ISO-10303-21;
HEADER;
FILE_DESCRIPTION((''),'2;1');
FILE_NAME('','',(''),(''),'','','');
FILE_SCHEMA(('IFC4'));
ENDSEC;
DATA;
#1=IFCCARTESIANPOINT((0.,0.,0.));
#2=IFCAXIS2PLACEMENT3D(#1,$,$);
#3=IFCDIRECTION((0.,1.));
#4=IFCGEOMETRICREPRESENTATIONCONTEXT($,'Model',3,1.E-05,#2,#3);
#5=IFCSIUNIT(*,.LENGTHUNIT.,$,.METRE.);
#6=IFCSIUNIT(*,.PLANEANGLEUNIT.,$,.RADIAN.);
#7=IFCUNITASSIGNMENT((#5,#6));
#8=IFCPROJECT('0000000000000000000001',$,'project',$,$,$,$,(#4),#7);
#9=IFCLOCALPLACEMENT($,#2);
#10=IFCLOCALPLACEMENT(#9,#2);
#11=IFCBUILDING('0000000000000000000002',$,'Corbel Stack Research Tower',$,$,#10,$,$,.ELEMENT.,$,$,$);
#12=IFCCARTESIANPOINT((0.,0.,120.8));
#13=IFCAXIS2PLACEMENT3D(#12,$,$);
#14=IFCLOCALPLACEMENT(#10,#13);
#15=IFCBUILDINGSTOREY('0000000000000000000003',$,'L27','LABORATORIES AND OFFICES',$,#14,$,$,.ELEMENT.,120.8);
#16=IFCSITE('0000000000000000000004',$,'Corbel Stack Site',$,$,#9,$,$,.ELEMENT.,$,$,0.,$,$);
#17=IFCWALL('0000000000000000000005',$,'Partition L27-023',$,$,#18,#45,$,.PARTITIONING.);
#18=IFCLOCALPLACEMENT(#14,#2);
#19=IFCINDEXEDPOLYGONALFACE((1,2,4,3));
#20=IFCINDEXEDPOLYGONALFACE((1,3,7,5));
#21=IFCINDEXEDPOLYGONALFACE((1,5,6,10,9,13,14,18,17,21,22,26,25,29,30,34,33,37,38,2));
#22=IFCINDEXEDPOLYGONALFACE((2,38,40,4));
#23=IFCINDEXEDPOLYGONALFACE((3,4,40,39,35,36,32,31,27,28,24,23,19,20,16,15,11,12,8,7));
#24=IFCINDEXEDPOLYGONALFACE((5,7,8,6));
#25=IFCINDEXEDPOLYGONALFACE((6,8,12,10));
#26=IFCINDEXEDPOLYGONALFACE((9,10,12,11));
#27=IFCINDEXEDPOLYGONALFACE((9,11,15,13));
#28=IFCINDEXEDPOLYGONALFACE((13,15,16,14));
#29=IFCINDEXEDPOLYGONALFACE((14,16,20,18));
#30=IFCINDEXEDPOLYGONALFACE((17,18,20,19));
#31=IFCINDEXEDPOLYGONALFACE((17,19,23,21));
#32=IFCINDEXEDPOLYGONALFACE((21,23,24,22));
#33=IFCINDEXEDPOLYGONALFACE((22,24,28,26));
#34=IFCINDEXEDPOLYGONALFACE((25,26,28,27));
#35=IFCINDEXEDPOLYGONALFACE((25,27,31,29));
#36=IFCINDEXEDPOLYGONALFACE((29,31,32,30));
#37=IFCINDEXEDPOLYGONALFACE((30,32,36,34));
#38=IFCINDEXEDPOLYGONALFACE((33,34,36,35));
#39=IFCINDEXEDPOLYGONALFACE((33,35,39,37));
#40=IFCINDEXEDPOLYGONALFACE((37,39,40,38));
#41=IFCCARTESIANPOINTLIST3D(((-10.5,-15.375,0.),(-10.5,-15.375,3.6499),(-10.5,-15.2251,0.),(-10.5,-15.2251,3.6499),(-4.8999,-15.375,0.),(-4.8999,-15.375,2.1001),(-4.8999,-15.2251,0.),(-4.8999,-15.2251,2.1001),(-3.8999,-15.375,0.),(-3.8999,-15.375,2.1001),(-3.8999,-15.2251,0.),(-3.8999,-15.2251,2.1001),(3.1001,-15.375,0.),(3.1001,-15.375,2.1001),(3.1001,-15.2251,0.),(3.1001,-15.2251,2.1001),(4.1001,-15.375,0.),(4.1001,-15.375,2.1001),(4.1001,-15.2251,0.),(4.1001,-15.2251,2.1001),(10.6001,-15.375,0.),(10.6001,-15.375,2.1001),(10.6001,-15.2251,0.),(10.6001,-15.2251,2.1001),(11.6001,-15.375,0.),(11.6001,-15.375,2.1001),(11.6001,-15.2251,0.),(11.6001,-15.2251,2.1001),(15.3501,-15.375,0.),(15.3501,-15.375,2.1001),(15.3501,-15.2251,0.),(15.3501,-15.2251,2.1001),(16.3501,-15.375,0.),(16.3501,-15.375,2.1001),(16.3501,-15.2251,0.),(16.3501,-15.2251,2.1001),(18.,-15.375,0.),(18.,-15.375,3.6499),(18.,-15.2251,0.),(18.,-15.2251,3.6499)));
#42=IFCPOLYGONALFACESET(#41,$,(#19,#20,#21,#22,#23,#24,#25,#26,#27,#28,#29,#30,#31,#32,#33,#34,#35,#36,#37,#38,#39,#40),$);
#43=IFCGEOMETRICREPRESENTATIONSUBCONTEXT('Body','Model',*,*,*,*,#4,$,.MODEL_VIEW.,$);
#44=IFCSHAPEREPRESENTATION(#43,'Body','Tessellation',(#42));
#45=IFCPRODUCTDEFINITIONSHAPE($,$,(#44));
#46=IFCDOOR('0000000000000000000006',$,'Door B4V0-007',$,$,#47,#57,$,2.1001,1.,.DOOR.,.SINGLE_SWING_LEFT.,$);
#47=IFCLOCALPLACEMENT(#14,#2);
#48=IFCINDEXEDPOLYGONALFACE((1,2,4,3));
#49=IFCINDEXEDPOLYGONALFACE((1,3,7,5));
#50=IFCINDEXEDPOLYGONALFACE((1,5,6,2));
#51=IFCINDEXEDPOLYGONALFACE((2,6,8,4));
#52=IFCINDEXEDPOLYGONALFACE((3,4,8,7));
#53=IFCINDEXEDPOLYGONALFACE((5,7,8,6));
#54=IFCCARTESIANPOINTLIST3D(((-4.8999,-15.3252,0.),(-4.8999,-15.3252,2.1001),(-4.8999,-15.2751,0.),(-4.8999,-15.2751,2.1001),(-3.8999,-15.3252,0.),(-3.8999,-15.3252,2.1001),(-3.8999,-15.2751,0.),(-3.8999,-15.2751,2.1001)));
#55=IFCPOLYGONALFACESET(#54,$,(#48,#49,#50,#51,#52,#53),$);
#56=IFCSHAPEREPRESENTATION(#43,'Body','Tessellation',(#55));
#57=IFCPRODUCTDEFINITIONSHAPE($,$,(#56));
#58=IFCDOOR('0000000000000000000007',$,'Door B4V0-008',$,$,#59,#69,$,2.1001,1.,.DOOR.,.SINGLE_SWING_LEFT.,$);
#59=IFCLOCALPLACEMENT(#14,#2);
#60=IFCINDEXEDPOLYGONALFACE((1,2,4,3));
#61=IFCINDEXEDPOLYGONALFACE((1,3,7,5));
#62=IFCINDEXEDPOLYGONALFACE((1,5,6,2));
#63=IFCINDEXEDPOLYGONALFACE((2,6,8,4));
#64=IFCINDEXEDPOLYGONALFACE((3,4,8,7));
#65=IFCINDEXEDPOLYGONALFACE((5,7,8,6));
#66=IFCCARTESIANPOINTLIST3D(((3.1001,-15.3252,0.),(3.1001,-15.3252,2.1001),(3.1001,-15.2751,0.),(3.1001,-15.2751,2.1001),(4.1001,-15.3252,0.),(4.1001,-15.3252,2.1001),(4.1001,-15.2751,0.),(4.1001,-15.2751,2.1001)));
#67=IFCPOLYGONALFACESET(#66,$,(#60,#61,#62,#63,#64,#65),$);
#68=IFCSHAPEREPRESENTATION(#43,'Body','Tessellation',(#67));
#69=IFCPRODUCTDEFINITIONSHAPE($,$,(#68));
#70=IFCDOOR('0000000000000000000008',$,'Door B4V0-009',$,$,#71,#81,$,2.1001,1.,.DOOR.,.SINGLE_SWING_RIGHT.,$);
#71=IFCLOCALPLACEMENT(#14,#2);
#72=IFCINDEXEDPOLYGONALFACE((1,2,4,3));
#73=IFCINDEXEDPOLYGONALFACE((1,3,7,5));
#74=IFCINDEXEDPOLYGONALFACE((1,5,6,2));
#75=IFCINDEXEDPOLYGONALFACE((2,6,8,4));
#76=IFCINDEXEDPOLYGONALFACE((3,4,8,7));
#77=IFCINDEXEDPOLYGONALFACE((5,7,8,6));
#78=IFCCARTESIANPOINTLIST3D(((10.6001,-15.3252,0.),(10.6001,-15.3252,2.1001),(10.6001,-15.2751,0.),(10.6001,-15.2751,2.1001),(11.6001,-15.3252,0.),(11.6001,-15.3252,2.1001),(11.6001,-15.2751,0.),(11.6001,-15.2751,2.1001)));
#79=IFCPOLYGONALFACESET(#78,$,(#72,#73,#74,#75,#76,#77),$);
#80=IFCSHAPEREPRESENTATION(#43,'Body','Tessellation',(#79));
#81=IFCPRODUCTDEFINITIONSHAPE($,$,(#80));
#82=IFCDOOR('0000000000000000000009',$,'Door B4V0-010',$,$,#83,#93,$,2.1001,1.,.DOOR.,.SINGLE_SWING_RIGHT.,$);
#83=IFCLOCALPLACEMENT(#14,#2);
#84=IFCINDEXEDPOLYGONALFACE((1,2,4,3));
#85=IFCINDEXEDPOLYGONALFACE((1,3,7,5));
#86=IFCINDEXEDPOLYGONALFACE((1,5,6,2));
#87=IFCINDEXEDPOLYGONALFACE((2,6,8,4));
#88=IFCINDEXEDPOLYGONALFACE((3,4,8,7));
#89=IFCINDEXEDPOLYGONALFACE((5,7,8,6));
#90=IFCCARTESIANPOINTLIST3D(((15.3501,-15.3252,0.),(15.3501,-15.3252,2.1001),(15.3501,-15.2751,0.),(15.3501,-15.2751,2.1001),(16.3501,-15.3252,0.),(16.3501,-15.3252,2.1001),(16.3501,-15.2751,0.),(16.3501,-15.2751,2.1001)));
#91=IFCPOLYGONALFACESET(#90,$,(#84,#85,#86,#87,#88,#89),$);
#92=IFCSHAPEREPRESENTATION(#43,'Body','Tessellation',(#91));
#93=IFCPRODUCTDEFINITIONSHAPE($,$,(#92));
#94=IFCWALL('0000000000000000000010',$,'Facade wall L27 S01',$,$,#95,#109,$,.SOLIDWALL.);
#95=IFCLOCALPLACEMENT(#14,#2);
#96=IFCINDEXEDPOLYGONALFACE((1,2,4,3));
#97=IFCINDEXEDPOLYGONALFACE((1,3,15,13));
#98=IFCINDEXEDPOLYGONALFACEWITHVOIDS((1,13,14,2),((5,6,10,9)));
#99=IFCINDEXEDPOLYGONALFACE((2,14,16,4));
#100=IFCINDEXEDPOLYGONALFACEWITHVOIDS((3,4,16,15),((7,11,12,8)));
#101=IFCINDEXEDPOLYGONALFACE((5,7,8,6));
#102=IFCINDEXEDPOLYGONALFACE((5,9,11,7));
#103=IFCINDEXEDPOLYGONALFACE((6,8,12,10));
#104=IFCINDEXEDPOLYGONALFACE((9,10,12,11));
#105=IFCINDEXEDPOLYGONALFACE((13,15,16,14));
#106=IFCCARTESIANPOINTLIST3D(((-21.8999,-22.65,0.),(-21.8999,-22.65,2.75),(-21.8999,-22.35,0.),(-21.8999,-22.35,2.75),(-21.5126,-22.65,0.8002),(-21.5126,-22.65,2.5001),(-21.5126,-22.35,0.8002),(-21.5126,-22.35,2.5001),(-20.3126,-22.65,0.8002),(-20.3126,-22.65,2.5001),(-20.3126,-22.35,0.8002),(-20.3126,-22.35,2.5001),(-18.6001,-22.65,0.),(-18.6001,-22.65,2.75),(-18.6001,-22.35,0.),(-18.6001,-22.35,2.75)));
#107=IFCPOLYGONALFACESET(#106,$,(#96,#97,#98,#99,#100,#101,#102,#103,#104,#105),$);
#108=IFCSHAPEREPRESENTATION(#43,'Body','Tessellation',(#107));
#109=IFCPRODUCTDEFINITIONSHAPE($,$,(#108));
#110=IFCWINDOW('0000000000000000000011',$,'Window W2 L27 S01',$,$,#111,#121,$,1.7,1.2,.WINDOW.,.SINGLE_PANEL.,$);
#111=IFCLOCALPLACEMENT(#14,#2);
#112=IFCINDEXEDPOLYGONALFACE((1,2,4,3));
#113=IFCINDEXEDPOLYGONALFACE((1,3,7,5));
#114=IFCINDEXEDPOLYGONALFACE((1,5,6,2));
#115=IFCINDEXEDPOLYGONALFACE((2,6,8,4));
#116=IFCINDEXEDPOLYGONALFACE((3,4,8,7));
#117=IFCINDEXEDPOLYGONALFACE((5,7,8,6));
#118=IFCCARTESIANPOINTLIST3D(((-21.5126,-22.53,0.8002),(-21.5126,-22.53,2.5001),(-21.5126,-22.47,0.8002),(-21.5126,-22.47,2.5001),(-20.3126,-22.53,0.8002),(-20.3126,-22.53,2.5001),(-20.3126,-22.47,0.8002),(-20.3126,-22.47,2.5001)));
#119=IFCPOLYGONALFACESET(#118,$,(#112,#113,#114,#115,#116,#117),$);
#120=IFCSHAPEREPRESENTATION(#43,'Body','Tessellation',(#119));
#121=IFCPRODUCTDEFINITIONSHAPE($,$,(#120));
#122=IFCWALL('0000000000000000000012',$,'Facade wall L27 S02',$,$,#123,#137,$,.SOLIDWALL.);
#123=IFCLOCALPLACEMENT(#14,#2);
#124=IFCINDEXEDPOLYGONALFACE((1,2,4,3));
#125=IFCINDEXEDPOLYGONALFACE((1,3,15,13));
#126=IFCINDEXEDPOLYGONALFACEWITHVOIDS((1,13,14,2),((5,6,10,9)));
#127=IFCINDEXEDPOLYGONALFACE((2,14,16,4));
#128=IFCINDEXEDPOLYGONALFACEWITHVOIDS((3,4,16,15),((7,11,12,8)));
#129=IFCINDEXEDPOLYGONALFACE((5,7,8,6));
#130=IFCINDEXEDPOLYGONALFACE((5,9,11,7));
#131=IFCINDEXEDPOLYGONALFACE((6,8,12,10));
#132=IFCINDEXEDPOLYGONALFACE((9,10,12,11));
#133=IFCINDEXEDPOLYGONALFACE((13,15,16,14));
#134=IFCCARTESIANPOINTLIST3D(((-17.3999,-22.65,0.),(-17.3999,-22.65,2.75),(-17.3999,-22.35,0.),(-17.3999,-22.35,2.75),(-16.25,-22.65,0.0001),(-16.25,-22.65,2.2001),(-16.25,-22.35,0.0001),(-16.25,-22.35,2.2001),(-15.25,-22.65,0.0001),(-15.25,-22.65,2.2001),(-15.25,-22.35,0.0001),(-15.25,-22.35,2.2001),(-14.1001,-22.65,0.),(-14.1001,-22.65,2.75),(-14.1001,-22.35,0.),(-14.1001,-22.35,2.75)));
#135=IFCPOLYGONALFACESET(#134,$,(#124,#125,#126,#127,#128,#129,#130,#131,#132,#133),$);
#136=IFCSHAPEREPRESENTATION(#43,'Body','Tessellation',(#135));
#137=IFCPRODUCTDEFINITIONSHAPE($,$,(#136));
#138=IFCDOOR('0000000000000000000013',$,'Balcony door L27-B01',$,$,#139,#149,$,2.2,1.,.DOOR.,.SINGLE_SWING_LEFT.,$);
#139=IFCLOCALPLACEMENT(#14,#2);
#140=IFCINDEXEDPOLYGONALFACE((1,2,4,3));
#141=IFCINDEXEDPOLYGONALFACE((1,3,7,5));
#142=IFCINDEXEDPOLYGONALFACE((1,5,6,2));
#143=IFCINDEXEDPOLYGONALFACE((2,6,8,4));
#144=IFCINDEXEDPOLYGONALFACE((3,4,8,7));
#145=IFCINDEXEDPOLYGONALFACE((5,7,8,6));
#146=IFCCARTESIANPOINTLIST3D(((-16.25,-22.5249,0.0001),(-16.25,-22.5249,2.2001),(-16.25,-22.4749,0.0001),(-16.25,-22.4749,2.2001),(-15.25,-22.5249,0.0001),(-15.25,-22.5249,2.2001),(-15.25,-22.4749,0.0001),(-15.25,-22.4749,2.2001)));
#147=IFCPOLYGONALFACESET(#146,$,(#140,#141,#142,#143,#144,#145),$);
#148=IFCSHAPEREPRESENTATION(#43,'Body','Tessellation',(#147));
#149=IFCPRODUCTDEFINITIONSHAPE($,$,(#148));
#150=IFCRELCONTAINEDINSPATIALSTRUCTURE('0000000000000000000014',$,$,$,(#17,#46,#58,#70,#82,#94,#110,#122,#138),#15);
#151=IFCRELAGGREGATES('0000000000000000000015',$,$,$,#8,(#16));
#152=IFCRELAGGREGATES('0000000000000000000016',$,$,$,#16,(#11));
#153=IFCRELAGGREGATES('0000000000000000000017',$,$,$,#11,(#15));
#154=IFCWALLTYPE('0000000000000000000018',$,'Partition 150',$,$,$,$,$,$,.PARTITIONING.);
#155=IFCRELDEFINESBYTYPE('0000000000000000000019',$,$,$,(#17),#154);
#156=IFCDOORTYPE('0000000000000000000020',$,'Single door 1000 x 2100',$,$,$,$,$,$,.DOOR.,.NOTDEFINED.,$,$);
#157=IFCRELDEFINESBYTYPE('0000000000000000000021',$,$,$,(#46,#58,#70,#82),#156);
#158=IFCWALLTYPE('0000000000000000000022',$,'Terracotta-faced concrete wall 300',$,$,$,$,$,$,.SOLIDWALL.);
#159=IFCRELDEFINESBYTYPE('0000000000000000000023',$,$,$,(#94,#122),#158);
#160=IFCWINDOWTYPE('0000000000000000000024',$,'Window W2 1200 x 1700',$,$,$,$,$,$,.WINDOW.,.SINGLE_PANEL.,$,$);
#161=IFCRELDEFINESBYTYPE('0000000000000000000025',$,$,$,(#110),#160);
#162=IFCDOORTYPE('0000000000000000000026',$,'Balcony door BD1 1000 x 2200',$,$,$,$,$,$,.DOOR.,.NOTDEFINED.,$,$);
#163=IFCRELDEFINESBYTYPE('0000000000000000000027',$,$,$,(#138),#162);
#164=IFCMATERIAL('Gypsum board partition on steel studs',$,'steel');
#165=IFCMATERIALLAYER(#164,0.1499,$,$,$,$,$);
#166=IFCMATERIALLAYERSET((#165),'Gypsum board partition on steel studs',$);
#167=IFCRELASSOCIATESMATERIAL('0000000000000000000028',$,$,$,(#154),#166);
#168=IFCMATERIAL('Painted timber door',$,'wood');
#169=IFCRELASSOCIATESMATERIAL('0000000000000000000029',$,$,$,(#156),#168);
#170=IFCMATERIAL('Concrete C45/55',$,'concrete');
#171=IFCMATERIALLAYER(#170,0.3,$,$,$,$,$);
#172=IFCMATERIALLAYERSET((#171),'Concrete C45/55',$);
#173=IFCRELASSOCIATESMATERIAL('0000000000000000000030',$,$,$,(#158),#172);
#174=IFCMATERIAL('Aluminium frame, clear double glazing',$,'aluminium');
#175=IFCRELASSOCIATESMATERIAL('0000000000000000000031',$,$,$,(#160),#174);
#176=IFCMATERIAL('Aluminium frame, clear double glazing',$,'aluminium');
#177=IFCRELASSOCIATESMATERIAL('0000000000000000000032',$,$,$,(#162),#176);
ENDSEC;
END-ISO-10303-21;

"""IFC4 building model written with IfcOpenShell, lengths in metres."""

from ifc_helpers import new_model, si_unit, direction, frame, frame_2d, origin, place, context, subcontext, project, spatial, rectangle, extrude, material, layer, layer_set, type_object, element, fill, save


model = new_model("IFC4")

# Units and contexts
model_context = context("Model", 3, precision=1e-05, world=origin(), true_north=direction((0.0, 1.0)))
body_context = subcontext(model_context, "Body", "Model", "MODEL_VIEW")
ifc_project = project(units=[si_unit("LENGTHUNIT", "METRE"), si_unit("PLANEANGLEUNIT", "RADIAN")], contexts=[model_context])

# Site, building, storey
site_placement = place(None, origin())
site = spatial("IfcSite", under=ifc_project, at=site_placement, Name="Corbel Stack Site", CompositionType="ELEMENT", RefElevation=0.0)
building_placement = place(site_placement, origin())
building = spatial("IfcBuilding", under=site, at=building_placement, Name="Corbel Stack Research Tower", CompositionType="ELEMENT")
storey_placement = place(building_placement, frame((0.0, 0.0, 120.8)))
storey = spatial("IfcBuildingStorey", under=building, at=storey_placement, Name="L27", Description="LABORATORIES AND OFFICES", CompositionType="ELEMENT", Elevation=120.8)

# Wall, openings, doors
ifc_material_1 = material(Name="Gypsum board partition on steel studs", Category="steel")
ifc_layer_1 = layer(ifc_material_1, 0.1499)
ifc_layer_set_1 = layer_set([ifc_layer_1], Name="Gypsum board partition on steel studs")
wall_type_1 = type_object("IfcWallType", Name="Partition 150", PredefinedType="PARTITIONING", material=ifc_layer_set_1)
wall_1_placement = place(storey_placement, frame((-10.5, -15.3, 0.0), z_axis=(0.0, 0.0, 1.0), x_axis=(1.0, 0.0, 0.0)))
wall_1 = element("IfcWall", 1, at=wall_1_placement, inside=storey, type_object=wall_type_1, Name="Partition L27-023", PredefinedType="PARTITIONING", context=body_context, shape_type="SweptSolid", body=[
    extrude(rectangle(XDim=28.5, YDim=0.1499, at=frame_2d((14.25, 0.0))), origin(), (0.0, 0.0, 1.0), 3.6499),
])
opening_1_placement = place(wall_1_placement, frame((5.6001, 0.0, 0.0)))
opening_1 = element("IfcOpeningElement", 2, at=opening_1_placement, cuts=wall_1, PredefinedType="OPENING", context=body_context, shape_type="SweptSolid", body=[
    extrude(rectangle(XDim=1.0, YDim=2.1001, at=frame_2d((0.5, 1.05))), frame((0.0, 0.085, 0.0), z_axis=(0.0, -1.0, 0.0), x_axis=(1.0, 0.0, 0.0)), (0.0, 0.0, 1.0), 0.1699),
])
opening_2_placement = place(wall_1_placement, frame((13.6001, 0.0, 0.0)))
opening_2 = element("IfcOpeningElement", 3, at=opening_2_placement, cuts=wall_1, PredefinedType="OPENING", context=body_context, shape_type="SweptSolid", body=[
    extrude(rectangle(XDim=1.0, YDim=2.1001, at=frame_2d((0.5, 1.05))), frame((0.0, 0.085, 0.0), z_axis=(0.0, -1.0, 0.0), x_axis=(1.0, 0.0, 0.0)), (0.0, 0.0, 1.0), 0.1699),
])
opening_3_placement = place(wall_1_placement, frame((21.1001, 0.0, 0.0)))
opening_3 = element("IfcOpeningElement", 4, at=opening_3_placement, cuts=wall_1, PredefinedType="OPENING", context=body_context, shape_type="SweptSolid", body=[
    extrude(rectangle(XDim=1.0, YDim=2.1001, at=frame_2d((0.5, 1.05))), frame((0.0, 0.085, 0.0), z_axis=(0.0, -1.0, 0.0), x_axis=(1.0, 0.0, 0.0)), (0.0, 0.0, 1.0), 0.1699),
])
opening_4_placement = place(wall_1_placement, frame((25.8501, 0.0, 0.0)))
opening_4 = element("IfcOpeningElement", 5, at=opening_4_placement, cuts=wall_1, PredefinedType="OPENING", context=body_context, shape_type="SweptSolid", body=[
    extrude(rectangle(XDim=1.0, YDim=2.1001, at=frame_2d((0.5, 1.05))), frame((0.0, 0.085, 0.0), z_axis=(0.0, -1.0, 0.0), x_axis=(1.0, 0.0, 0.0)), (0.0, 0.0, 1.0), 0.1699),
])
ifc_material_2 = material(Name="Painted timber door", Category="wood")
door_type_1 = type_object("IfcDoorType", Name="Single door 1000 x 2100", OperationType="NOTDEFINED", PredefinedType="DOOR", material=ifc_material_2)
door_1_placement = place(opening_1_placement, origin())
door_1 = element("IfcDoor", 6, at=door_1_placement, inside=storey, type_object=door_type_1, Name="Door B4V0-007", OperationType="SINGLE_SWING_LEFT", OverallHeight=2.1001, OverallWidth=1.0, PredefinedType="DOOR", context=body_context, shape_type="SweptSolid", body=[
    extrude(rectangle(XDim=1.0, YDim=2.1001, at=frame_2d((0.5, 1.05))), frame((0.0, 0.0249, 0.0), z_axis=(0.0, -1.0, 0.0), x_axis=(1.0, 0.0, 0.0)), (0.0, 0.0, 1.0), 0.05),
])
fill(opening_1, door_1)
door_2_placement = place(opening_2_placement, origin())
door_2 = element("IfcDoor", 7, at=door_2_placement, inside=storey, type_object=door_type_1, Name="Door B4V0-008", OperationType="SINGLE_SWING_LEFT", OverallHeight=2.1001, OverallWidth=1.0, PredefinedType="DOOR", context=body_context, shape_type="SweptSolid", body=[
    extrude(rectangle(XDim=1.0, YDim=2.1001, at=frame_2d((0.5, 1.05))), frame((0.0, 0.0249, 0.0), z_axis=(0.0, -1.0, 0.0), x_axis=(1.0, 0.0, 0.0)), (0.0, 0.0, 1.0), 0.05),
])
fill(opening_2, door_2)
door_3_placement = place(opening_3_placement, origin())
door_3 = element("IfcDoor", 8, at=door_3_placement, inside=storey, type_object=door_type_1, Name="Door B4V0-009", OperationType="SINGLE_SWING_RIGHT", OverallHeight=2.1001, OverallWidth=1.0, PredefinedType="DOOR", context=body_context, shape_type="SweptSolid", body=[
    extrude(rectangle(XDim=1.0, YDim=2.1001, at=frame_2d((0.5, 1.05))), frame((0.0, 0.0249, 0.0), z_axis=(0.0, -1.0, 0.0), x_axis=(1.0, 0.0, 0.0)), (0.0, 0.0, 1.0), 0.05),
])
fill(opening_3, door_3)
door_4_placement = place(opening_4_placement, origin())
door_4 = element("IfcDoor", 9, at=door_4_placement, inside=storey, type_object=door_type_1, Name="Door B4V0-010", OperationType="SINGLE_SWING_RIGHT", OverallHeight=2.1001, OverallWidth=1.0, PredefinedType="DOOR", context=body_context, shape_type="SweptSolid", body=[
    extrude(rectangle(XDim=1.0, YDim=2.1001, at=frame_2d((0.5, 1.05))), frame((0.0, 0.0249, 0.0), z_axis=(0.0, -1.0, 0.0), x_axis=(1.0, 0.0, 0.0)), (0.0, 0.0, 1.0), 0.05),
])
fill(opening_4, door_4)

# Wall, opening, window
ifc_material_3 = material(Name="Concrete C45/55", Category="concrete")
ifc_layer_2 = layer(ifc_material_3, 0.3)
ifc_layer_set_2 = layer_set([ifc_layer_2], Name="Concrete C45/55")
wall_type_2 = type_object("IfcWallType", Name="Terracotta-faced concrete wall 300", PredefinedType="SOLIDWALL", material=ifc_layer_set_2)
wall_2_placement = place(storey_placement, frame((-18.6001, -22.5, 0.0), z_axis=(0.0, 0.0, 1.0), x_axis=(-1.0, 0.0, 0.0)))
wall_2 = element("IfcWall", 10, at=wall_2_placement, inside=storey, type_object=wall_type_2, Name="Facade wall L27 S01", PredefinedType="SOLIDWALL", context=body_context, shape_type="SweptSolid", body=[
    extrude(rectangle(XDim=3.2998, YDim=0.3, at=frame_2d((1.6499, 0.0))), origin(), (0.0, 0.0, 1.0), 2.75),
])
opening_5_placement = place(wall_2_placement, frame((1.7124, 0.0, 0.8)))
opening_5 = element("IfcOpeningElement", 11, at=opening_5_placement, cuts=wall_2, PredefinedType="OPENING", context=body_context, shape_type="SweptSolid", body=[
    extrude(rectangle(XDim=1.2, YDim=1.7, at=frame_2d((0.6001, 0.8501))), frame((0.0, 0.1599, 0.0), z_axis=(0.0, -1.0, 0.0), x_axis=(1.0, 0.0, 0.0)), (0.0, 0.0, 1.0), 0.3201),
])
ifc_material_4 = material(Name="Aluminium frame, clear double glazing", Category="aluminium")
window_type = type_object("IfcWindowType", Name="Window W2 1200 x 1700", PartitioningType="SINGLE_PANEL", PredefinedType="WINDOW", material=ifc_material_4)
window_1_placement = place(opening_5_placement, origin())
window_1 = element("IfcWindow", 12, at=window_1_placement, inside=storey, type_object=window_type, Name="Window W2 L27 S01", OverallHeight=1.7, OverallWidth=1.2, PartitioningType="SINGLE_PANEL", PredefinedType="WINDOW", context=body_context, shape_type="SweptSolid", body=[
    extrude(rectangle(XDim=1.2, YDim=1.7, at=frame_2d((0.6001, 0.8501))), frame((0.0, 0.03, 0.0), z_axis=(0.0, -1.0, 0.0), x_axis=(1.0, 0.0, 0.0)), (0.0, 0.0, 1.0), 0.0601),
])
fill(opening_5, window_1)

# Wall, opening, door
wall_3_placement = place(storey_placement, frame((-14.1001, -22.5, 0.0), z_axis=(0.0, 0.0, 1.0), x_axis=(-1.0, 0.0, 0.0)))
wall_3 = element("IfcWall", 13, at=wall_3_placement, inside=storey, type_object=wall_type_2, Name="Facade wall L27 S02", PredefinedType="SOLIDWALL", context=body_context, shape_type="SweptSolid", body=[
    extrude(rectangle(XDim=3.2998, YDim=0.3, at=frame_2d((1.6499, 0.0))), origin(), (0.0, 0.0, 1.0), 2.75),
])
opening_6_placement = place(wall_3_placement, frame((1.1499, 0.0, 0.0)))
opening_6 = element("IfcOpeningElement", 14, at=opening_6_placement, cuts=wall_3, PredefinedType="OPENING", context=body_context, shape_type="SweptSolid", body=[
    extrude(rectangle(XDim=1.0, YDim=2.2, at=frame_2d((0.5, 1.1001))), frame((0.0, 0.1599, 0.0), z_axis=(0.0, -1.0, 0.0), x_axis=(1.0, 0.0, 0.0)), (0.0, 0.0, 1.0), 0.3201),
])
ifc_material_5 = material(Name="Aluminium frame, clear double glazing", Category="aluminium")
door_type_2 = type_object("IfcDoorType", Name="Balcony door BD1 1000 x 2200", OperationType="NOTDEFINED", PredefinedType="DOOR", material=ifc_material_5)
door_5_placement = place(opening_6_placement, origin())
door_5 = element("IfcDoor", 15, at=door_5_placement, inside=storey, type_object=door_type_2, Name="Balcony door L27-B01", OperationType="SINGLE_SWING_LEFT", OverallHeight=2.2, OverallWidth=1.0, PredefinedType="DOOR", context=body_context, shape_type="SweptSolid", body=[
    extrude(rectangle(XDim=1.0, YDim=2.2, at=frame_2d((0.5, 1.1001))), frame((0.0, 0.0249, 0.0), z_axis=(0.0, -1.0, 0.0), x_axis=(1.0, 0.0, 0.0)), (0.0, 0.0, 1.0), 0.05),
])
fill(opening_6, door_5)

save(model, "model.ifc")
